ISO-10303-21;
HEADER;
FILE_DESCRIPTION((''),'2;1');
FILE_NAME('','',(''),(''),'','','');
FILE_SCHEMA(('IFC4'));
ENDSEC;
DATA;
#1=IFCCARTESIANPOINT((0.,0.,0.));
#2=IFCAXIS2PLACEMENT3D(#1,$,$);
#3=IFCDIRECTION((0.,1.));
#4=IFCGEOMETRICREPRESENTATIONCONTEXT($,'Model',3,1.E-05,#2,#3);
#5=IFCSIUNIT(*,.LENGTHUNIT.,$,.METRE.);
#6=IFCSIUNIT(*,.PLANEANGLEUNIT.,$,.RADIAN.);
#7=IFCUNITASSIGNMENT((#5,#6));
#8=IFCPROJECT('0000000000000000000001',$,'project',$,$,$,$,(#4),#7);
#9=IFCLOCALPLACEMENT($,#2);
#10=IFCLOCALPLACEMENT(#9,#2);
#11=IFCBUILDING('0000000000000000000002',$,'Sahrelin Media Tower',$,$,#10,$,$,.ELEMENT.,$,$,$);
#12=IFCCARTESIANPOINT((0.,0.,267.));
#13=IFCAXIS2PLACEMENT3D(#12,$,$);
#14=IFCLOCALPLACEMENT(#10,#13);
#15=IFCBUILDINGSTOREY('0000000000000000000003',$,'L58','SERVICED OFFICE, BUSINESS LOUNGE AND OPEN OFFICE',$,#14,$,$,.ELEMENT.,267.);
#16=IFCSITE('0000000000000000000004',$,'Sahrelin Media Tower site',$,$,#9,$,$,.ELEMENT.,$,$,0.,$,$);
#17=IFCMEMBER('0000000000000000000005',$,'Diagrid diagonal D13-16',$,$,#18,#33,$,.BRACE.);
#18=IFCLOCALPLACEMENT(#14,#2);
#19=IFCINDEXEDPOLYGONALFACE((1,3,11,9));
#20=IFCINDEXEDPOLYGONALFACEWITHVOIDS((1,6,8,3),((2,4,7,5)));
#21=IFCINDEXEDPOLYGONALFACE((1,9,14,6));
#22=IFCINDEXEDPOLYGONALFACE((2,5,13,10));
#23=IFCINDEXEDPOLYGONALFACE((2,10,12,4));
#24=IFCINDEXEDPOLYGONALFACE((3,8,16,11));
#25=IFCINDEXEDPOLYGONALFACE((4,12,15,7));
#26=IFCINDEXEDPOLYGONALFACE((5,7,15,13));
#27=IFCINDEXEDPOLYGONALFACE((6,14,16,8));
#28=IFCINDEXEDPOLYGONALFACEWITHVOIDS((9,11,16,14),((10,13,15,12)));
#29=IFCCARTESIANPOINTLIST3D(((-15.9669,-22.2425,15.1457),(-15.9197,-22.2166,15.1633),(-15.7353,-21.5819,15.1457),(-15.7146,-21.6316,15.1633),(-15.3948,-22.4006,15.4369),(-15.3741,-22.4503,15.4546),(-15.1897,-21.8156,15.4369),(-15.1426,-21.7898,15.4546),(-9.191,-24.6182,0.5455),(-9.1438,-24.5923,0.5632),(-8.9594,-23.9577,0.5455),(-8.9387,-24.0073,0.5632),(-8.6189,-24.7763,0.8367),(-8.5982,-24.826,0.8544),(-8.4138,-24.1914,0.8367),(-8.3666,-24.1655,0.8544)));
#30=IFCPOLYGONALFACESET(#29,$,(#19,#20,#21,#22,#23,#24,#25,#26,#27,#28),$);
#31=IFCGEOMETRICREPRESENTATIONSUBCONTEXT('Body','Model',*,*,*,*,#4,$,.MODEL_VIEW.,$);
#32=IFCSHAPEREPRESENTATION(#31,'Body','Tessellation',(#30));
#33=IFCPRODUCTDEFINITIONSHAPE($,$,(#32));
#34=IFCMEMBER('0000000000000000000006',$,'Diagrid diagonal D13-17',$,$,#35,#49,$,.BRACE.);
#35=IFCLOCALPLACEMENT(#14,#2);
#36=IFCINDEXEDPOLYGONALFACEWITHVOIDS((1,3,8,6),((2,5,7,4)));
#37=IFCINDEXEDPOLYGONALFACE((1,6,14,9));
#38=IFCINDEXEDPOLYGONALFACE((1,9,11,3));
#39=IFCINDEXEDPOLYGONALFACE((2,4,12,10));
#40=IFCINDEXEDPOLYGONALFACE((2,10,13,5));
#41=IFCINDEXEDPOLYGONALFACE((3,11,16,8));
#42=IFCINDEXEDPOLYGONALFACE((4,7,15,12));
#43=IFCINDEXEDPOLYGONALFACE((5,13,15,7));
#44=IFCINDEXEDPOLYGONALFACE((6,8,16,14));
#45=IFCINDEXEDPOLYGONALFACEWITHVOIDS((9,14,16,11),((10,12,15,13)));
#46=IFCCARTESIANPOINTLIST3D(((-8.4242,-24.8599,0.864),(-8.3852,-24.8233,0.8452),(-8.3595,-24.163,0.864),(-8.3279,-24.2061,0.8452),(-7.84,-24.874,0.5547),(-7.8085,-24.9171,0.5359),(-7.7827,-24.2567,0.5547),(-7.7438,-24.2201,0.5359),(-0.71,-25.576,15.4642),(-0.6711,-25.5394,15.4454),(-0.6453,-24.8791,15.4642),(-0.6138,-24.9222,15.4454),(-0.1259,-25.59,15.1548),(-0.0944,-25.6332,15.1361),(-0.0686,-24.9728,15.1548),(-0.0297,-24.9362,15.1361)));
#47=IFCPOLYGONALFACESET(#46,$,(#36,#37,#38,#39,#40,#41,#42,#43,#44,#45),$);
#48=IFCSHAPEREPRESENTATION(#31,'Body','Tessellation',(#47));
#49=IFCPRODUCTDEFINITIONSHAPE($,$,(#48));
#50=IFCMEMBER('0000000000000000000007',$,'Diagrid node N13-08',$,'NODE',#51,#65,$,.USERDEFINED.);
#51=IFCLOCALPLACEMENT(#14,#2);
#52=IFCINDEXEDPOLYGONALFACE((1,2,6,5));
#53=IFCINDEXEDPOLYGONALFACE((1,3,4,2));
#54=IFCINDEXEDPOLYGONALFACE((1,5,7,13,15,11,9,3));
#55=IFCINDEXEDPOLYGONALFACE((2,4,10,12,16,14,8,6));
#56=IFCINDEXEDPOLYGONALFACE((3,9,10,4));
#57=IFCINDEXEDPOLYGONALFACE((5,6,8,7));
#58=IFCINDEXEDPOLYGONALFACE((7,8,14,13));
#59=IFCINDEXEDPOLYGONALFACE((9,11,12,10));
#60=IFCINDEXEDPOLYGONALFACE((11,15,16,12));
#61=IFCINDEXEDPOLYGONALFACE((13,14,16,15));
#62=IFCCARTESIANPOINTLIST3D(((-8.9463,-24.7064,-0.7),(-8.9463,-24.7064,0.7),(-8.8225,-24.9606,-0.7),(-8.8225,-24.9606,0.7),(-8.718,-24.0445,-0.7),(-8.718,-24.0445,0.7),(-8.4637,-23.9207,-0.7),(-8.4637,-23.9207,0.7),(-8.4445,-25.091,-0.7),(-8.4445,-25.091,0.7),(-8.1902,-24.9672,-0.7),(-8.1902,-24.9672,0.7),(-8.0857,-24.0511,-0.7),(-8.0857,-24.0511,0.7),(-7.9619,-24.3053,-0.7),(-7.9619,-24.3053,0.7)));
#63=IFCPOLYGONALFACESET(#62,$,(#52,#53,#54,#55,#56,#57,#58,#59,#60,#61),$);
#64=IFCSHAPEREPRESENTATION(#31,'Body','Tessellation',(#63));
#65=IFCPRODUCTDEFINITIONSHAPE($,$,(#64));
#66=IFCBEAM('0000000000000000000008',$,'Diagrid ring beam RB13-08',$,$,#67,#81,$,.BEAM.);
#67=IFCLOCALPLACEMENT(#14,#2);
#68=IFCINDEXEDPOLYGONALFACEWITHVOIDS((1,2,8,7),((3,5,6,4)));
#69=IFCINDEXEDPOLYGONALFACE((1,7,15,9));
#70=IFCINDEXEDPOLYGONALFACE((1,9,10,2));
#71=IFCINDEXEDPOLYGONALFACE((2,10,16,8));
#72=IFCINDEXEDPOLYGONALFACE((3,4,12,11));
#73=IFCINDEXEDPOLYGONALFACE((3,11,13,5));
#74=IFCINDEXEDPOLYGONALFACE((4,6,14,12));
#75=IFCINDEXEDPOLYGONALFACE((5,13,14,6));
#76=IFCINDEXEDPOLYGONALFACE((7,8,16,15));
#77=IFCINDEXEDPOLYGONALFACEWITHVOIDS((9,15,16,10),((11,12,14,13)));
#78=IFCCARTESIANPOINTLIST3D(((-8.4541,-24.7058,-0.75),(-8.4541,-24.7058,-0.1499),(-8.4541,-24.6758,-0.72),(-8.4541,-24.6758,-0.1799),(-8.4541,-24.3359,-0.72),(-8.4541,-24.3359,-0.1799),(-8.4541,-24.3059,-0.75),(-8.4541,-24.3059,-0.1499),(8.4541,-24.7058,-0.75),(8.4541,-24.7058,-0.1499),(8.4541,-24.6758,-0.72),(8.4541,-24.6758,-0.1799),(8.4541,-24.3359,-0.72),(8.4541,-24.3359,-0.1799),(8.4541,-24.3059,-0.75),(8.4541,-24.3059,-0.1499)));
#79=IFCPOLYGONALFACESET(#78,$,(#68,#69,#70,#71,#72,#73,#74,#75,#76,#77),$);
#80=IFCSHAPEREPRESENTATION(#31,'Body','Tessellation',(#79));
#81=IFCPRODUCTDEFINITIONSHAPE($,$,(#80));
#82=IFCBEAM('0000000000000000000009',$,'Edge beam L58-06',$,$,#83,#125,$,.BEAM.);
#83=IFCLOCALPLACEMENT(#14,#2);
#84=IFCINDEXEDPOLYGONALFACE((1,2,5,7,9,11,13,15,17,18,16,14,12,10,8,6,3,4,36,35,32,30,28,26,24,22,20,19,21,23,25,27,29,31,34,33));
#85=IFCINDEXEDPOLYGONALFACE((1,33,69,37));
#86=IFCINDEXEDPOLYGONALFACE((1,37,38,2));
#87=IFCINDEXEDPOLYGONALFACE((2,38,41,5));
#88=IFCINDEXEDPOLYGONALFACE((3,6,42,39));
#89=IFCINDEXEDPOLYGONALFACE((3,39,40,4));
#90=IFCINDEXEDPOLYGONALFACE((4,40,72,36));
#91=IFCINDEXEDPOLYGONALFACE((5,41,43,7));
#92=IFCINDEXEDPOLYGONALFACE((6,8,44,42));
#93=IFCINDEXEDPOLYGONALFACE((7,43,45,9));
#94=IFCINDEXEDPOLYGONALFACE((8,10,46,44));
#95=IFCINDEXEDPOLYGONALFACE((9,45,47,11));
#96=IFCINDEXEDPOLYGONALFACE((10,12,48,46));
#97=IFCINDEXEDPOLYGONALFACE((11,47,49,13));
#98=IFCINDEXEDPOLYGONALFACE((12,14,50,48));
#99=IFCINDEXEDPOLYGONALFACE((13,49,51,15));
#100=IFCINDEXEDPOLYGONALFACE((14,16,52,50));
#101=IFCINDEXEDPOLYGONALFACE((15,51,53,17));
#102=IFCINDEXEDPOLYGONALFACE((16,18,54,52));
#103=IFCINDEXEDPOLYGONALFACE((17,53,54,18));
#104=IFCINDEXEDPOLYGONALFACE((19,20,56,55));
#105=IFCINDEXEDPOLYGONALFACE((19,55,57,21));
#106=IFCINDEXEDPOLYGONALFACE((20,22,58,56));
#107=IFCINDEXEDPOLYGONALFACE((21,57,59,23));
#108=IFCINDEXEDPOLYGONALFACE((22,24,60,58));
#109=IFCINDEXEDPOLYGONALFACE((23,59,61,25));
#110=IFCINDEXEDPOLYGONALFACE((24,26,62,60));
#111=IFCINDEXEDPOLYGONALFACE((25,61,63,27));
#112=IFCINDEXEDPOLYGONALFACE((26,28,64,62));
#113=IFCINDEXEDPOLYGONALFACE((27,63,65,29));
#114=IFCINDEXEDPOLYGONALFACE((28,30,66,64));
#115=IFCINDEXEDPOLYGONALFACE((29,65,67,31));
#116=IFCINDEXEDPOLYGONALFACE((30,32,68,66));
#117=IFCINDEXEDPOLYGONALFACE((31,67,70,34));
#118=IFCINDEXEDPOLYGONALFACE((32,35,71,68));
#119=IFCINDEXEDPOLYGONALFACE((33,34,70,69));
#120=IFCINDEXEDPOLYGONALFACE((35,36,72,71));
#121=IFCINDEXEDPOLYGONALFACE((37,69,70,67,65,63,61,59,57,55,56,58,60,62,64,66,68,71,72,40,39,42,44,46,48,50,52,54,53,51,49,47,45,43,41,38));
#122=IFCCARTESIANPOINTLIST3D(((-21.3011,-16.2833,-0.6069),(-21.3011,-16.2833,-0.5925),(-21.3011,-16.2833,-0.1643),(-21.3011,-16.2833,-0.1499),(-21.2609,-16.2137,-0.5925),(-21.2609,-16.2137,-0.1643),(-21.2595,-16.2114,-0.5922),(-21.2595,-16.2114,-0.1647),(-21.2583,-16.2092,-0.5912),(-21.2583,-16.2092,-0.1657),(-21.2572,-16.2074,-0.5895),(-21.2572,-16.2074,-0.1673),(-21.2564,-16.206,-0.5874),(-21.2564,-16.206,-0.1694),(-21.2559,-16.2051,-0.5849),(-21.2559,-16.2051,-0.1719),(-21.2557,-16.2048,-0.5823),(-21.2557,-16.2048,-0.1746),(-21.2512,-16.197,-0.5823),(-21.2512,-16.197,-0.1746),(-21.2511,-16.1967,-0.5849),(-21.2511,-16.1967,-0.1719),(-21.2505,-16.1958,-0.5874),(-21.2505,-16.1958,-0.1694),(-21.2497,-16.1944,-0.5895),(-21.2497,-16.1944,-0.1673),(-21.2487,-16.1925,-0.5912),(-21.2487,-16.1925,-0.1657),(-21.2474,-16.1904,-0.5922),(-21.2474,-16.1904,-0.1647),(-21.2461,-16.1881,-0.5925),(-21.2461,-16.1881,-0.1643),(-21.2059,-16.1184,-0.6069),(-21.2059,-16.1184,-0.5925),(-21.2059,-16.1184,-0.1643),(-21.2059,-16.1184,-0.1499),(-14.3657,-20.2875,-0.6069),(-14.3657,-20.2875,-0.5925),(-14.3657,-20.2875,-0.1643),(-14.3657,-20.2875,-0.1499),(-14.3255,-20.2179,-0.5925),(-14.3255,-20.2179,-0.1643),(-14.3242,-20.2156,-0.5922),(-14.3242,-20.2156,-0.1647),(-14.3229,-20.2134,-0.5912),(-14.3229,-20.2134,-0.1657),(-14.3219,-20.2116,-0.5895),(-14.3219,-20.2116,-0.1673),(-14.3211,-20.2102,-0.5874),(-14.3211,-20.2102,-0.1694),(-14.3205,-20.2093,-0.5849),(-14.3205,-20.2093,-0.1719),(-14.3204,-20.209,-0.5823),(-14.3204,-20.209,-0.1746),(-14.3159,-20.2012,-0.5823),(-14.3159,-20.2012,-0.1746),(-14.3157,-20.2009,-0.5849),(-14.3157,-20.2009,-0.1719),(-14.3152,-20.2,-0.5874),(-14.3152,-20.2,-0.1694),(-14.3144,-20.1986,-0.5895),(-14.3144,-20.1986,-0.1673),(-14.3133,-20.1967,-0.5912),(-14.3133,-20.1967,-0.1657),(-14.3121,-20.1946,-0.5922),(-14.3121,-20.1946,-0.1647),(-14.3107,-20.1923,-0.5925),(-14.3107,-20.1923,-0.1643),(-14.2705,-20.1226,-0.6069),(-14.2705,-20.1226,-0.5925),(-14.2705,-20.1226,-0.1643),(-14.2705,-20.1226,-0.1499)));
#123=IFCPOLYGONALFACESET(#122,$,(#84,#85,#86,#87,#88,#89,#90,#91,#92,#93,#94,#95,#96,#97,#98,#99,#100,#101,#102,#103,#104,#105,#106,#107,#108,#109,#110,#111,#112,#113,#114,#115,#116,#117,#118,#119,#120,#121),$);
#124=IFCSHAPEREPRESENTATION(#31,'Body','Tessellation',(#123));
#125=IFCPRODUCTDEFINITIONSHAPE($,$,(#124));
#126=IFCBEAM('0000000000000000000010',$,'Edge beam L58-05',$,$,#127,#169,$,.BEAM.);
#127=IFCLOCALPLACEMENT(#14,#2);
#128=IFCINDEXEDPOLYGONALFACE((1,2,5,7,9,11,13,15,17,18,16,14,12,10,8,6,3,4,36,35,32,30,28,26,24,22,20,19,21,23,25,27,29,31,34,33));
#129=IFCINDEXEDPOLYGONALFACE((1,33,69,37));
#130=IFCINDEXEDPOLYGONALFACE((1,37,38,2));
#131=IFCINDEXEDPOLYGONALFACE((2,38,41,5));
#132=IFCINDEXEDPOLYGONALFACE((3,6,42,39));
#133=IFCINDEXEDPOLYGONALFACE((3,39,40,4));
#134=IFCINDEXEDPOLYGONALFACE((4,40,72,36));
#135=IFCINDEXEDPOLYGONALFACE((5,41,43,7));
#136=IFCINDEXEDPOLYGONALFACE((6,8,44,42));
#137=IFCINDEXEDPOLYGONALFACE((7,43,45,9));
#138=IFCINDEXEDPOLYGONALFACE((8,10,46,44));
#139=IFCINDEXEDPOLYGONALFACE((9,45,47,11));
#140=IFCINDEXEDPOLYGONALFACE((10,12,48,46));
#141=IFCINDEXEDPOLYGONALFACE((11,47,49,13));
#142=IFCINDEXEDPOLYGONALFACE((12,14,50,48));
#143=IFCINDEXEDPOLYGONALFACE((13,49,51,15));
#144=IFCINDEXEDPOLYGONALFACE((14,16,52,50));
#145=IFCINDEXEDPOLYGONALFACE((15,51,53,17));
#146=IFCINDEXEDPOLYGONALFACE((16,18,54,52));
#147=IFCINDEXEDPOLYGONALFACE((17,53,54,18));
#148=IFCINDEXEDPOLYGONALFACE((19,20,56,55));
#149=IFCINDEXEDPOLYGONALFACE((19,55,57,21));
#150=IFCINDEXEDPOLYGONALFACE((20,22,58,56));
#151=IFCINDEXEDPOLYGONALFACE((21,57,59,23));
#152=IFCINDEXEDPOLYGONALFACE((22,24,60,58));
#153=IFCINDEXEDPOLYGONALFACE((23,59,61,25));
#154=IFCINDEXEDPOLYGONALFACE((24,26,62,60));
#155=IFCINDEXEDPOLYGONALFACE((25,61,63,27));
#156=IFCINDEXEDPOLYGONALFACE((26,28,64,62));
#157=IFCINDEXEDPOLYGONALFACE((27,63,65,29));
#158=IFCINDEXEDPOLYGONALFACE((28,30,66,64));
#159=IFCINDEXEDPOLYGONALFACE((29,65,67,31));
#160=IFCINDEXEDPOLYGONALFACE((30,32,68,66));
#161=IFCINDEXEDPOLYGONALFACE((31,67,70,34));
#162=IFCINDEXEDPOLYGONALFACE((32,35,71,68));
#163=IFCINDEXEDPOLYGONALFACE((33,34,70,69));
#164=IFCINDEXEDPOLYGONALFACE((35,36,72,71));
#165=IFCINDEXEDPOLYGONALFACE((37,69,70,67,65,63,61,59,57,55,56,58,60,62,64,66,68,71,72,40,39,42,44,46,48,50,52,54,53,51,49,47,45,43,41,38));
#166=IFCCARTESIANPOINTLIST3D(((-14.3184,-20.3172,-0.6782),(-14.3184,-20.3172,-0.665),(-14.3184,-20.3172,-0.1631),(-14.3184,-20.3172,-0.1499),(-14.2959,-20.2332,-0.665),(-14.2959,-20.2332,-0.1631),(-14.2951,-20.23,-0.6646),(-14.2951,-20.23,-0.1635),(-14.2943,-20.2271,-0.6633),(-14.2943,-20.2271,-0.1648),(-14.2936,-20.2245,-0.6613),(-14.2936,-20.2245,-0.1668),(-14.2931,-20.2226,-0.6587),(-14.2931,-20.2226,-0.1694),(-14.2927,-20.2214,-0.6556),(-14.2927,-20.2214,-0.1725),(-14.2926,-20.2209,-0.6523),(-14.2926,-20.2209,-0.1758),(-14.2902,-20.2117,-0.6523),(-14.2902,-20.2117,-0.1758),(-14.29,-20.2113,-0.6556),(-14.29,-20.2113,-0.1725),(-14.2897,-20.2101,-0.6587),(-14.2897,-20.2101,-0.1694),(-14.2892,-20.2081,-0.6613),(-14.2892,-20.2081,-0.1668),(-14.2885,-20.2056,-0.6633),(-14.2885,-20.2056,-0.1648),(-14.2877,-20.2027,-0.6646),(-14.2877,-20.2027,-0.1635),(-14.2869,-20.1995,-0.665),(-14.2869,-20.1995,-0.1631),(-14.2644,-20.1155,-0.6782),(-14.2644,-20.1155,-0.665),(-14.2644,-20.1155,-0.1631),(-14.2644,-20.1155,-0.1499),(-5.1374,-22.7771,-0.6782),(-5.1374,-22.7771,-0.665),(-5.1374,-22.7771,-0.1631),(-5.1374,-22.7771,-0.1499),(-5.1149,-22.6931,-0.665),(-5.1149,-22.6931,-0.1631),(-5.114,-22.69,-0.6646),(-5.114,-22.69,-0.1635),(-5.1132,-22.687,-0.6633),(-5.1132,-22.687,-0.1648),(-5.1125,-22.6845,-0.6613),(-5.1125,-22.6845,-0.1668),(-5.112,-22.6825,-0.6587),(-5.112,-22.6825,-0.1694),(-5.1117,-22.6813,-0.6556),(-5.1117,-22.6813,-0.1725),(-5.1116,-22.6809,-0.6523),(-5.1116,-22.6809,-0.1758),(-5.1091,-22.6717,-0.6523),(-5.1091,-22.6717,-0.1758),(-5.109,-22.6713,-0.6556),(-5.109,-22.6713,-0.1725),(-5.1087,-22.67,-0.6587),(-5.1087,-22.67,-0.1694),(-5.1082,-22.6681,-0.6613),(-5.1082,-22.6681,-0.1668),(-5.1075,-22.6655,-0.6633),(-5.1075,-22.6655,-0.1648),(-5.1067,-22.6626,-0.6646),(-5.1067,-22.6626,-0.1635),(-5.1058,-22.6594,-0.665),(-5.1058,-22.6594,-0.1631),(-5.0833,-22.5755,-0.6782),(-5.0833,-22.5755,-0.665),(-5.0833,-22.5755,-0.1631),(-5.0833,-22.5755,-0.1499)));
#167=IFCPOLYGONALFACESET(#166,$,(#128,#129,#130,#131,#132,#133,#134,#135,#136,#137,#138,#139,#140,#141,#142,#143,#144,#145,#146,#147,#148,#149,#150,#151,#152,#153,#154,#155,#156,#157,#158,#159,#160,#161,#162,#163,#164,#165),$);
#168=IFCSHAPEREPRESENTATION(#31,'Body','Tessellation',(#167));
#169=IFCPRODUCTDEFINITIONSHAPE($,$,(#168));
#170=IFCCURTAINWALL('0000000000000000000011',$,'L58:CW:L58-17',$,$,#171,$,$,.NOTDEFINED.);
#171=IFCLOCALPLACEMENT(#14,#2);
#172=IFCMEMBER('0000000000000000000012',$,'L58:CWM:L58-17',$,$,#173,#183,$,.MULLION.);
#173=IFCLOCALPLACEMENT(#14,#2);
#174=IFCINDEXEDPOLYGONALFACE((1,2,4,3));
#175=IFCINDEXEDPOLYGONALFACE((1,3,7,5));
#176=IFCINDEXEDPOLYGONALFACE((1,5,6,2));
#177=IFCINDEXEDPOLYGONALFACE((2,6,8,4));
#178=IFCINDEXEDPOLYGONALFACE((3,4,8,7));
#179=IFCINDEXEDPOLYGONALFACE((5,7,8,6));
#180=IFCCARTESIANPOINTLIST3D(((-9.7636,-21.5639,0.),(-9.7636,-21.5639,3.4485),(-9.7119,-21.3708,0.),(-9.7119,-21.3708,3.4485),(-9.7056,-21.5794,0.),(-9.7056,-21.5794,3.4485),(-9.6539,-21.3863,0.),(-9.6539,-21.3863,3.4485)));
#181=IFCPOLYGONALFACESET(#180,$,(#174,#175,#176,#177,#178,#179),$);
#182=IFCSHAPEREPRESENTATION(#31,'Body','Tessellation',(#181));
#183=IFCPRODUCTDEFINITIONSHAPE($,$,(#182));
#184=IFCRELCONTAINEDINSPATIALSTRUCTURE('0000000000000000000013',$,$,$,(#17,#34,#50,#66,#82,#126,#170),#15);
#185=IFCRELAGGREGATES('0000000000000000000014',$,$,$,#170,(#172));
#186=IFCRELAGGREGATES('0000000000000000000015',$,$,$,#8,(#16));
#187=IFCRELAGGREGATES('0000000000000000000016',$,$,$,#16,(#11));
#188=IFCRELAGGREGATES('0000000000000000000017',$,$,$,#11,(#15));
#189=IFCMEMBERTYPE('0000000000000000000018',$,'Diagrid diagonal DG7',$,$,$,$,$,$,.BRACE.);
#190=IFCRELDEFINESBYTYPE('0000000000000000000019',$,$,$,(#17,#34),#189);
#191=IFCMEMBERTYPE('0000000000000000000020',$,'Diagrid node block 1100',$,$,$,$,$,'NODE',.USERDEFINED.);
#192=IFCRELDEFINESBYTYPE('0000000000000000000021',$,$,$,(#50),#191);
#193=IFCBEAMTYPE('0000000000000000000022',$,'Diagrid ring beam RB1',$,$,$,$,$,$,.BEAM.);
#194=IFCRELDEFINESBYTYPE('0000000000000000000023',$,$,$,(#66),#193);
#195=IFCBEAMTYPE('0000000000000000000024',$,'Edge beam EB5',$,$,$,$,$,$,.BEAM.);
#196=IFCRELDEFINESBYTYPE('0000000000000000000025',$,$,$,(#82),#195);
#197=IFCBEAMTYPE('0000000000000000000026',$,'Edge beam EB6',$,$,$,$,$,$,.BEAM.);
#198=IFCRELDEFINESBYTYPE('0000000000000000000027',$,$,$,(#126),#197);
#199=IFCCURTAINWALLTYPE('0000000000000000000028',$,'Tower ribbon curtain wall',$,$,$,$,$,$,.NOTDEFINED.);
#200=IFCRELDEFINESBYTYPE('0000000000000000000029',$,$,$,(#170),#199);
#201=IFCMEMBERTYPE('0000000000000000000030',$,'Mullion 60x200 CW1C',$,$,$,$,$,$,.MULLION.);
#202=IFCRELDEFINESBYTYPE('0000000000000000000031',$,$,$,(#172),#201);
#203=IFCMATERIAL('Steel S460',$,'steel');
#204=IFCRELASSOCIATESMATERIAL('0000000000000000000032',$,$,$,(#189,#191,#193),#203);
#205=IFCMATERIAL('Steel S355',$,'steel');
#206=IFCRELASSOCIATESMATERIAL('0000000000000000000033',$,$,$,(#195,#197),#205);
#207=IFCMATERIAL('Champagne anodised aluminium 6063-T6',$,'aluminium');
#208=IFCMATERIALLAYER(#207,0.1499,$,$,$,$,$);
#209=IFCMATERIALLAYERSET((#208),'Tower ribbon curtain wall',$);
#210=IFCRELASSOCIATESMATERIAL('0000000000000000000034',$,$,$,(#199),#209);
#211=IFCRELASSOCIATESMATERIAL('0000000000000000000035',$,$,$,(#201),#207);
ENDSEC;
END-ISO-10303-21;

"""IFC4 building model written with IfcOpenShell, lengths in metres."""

from ifc_helpers import new_model, si_unit, direction, frame, origin, origin_2d, place, context, subcontext, project, spatial, polyline, rectangle, hollow_rectangle, i_section, outline, extrude, material, layer, layer_set, material_profile, profile_set, type_object, element, aggregate, save


model = new_model("IFC4")

# Units and contexts
model_context = context("Model", 3, precision=1e-05, world=origin(), true_north=direction((0.0, 1.0)))
body_context = subcontext(model_context, "Body", "Model", "MODEL_VIEW")
ifc_project = project(units=[si_unit("LENGTHUNIT", "METRE"), si_unit("PLANEANGLEUNIT", "RADIAN")], contexts=[model_context])

# Site, building, storey
site_placement = place(None, origin())
site = spatial("IfcSite", under=ifc_project, at=site_placement, Name="Sahrelin Media Tower site", CompositionType="ELEMENT", RefElevation=0.0)
building_placement = place(site_placement, origin())
building = spatial("IfcBuilding", under=site, at=building_placement, Name="Sahrelin Media Tower", CompositionType="ELEMENT")
storey_placement = place(building_placement, frame((0.0, 0.0, 267.0)))
storey = spatial("IfcBuildingStorey", under=building, at=storey_placement, Name="L58", Description="SERVICED OFFICE, BUSINESS LOUNGE AND OPEN OFFICE", CompositionType="ELEMENT", Elevation=267.0)

# Members
ifc_material_1 = material(Name="Steel S460", Category="steel")
ifc_material_profile_1 = material_profile(ifc_material_1, hollow_rectangle(XDim=0.7, YDim=0.7, WallThickness=0.04, at=origin_2d()), Name="Diagrid diagonal DG7")
ifc_profile_set_1 = profile_set([ifc_material_profile_1], Name="Steel S460")
member_type_1 = type_object("IfcMemberType", Name="Diagrid diagonal DG7", PredefinedType="BRACE", material=ifc_profile_set_1)
member_1_placement = place(storey_placement, frame((-8.7788, -24.3918, 0.7), z_axis=(-0.416459, 0.146017, 0.897352), x_axis=(-0.330868, -0.943677, 0.0)))
element("IfcMember", 1, at=member_1_placement, inside=storey, type_object=member_type_1, Name="Diagrid diagonal D13-16", PredefinedType="BRACE", context=body_context, shape_type="SweptSolid", body=[
    extrude(hollow_rectangle(XDim=0.7, YDim=0.7, WallThickness=0.04, at=origin_2d()), origin(), (0.0, 0.0, 1.0), 16.2703),
])
member_2_placement = place(storey_placement, frame((-8.084, -24.54, 0.7), z_axis=(0.466723, -0.043324, 0.883342), x_axis=(0.092428, 0.995719, 0.0)))
element("IfcMember", 2, at=member_2_placement, inside=storey, type_object=member_type_1, Name="Diagrid diagonal D13-17", PredefinedType="BRACE", context=body_context, shape_type="SweptSolid", body=[
    extrude(hollow_rectangle(XDim=0.7, YDim=0.7, WallThickness=0.04, at=origin_2d()), origin(), (0.0, 0.0, 1.0), 16.5283),
])
ifc_material_profile_2 = material_profile(ifc_material_1, outline(polyline([(0.3501, -0.3999), (0.55, -0.2), (0.55, 0.2), (0.3501, 0.3999), (-0.3501, 0.3999), (-0.55, 0.2), (-0.55, -0.2), (-0.3501, -0.3999), (0.3501, -0.3999)])), Name="Diagrid node block 1100")
ifc_profile_set_2 = profile_set([ifc_material_profile_2], Name="Steel S460")
member_type_2 = type_object("IfcMemberType", Name="Diagrid node block 1100", ElementType="NODE", PredefinedType="USERDEFINED", material=ifc_profile_set_2)
member_3_placement = place(storey_placement, frame((-8.4541, -24.5059, -0.7), z_axis=(0.0, 0.0, 1.0), x_axis=(-0.326119, -0.945329, 0.0)))
element("IfcMember", 3, at=member_3_placement, inside=storey, type_object=member_type_2, Name="Diagrid node N13-08", ObjectType="NODE", PredefinedType="USERDEFINED", context=body_context, shape_type="SweptSolid", body=[
    extrude(outline(polyline([(0.3501, -0.3999), (0.55, -0.2), (0.55, 0.2), (0.3501, 0.3999), (-0.3501, 0.3999), (-0.55, 0.2), (-0.55, -0.2), (-0.3501, -0.3999), (0.3501, -0.3999)])), origin(), (0.0, 0.0, 1.0), 1.3999),
])

# Beams
ifc_material_profile_3 = material_profile(ifc_material_1, hollow_rectangle(XDim=0.3999, YDim=0.6001, WallThickness=0.03, at=origin_2d()), Name="Diagrid ring beam RB1")
ifc_profile_set_3 = profile_set([ifc_material_profile_3], Name="Steel S460")
beam_type_1 = type_object("IfcBeamType", Name="Diagrid ring beam RB1", PredefinedType="BEAM", material=ifc_profile_set_3)
beam_1_placement = place(storey_placement, frame((-8.4541, -24.5059, -0.45), z_axis=(1.0, 0.0, 0.0), x_axis=(0.0, 1.0, 0.0)))
element("IfcBeam", 4, at=beam_1_placement, inside=storey, type_object=beam_type_1, Name="Diagrid ring beam RB13-08", PredefinedType="BEAM", context=body_context, shape_type="SweptSolid", body=[
    extrude(hollow_rectangle(XDim=0.3999, YDim=0.6001, WallThickness=0.03, at=origin_2d()), origin(), (0.0, 0.0, 1.0), 16.9082),
])
ifc_material_2 = material(Name="Steel S355", Category="steel")
ifc_material_profile_4 = material_profile(ifc_material_2, i_section(OverallWidth=0.1904, OverallDepth=0.457, WebThickness=0.009, FlangeThickness=0.0144, FilletRadius=0.0103, at=origin_2d()), Name="UB 457x191x74")
ifc_profile_set_4 = profile_set([ifc_material_profile_4], Name="Steel S355")
beam_type_2 = type_object("IfcBeamType", Name="Edge beam EB5", PredefinedType="BEAM", material=ifc_profile_set_4)
beam_2_placement = place(storey_placement, frame((-14.3181, -20.2051, -0.3784), z_axis=(-0.866023, 0.500005, 0.0), x_axis=(-0.500005, -0.866023, 0.0)))
element("IfcBeam", 5, at=beam_2_placement, inside=storey, type_object=beam_type_2, Name="Edge beam L58-06", PredefinedType="BEAM", context=body_context, shape_type="SweptSolid", body=[
    extrude(i_section(OverallWidth=0.1904, OverallDepth=0.457, WebThickness=0.009, FlangeThickness=0.0144, FilletRadius=0.0103, at=origin_2d()), origin(), (0.0, 0.0, 1.0), 8.0083),
])
ifc_material_profile_5 = material_profile(ifc_material_2, i_section(OverallWidth=0.2087, OverallDepth=0.5283, WebThickness=0.0095, FlangeThickness=0.0132, FilletRadius=0.0127, at=origin_2d()), Name="UB 533x210x82")
ifc_profile_set_5 = profile_set([ifc_material_profile_5], Name="Steel S355")
beam_type_3 = type_object("IfcBeamType", Name="Edge beam EB6", PredefinedType="BEAM", material=ifc_profile_set_5)
beam_3_placement = place(storey_placement, frame((-5.1104, -22.6763, -0.4141), z_axis=(-0.965929, 0.258807, 0.0), x_axis=(-0.258807, -0.965929, 0.0)))
element("IfcBeam", 6, at=beam_3_placement, inside=storey, type_object=beam_type_3, Name="Edge beam L58-05", PredefinedType="BEAM", context=body_context, shape_type="SweptSolid", body=[
    extrude(i_section(OverallWidth=0.2087, OverallDepth=0.5283, WebThickness=0.0095, FlangeThickness=0.0132, FilletRadius=0.0127, at=origin_2d()), origin(), (0.0, 0.0, 1.0), 9.5049),
])

# Curtain wall, member
ifc_material_3 = material(Name="Champagne anodised aluminium 6063-T6", Category="aluminium")
ifc_layer_1 = layer(ifc_material_3, 0.1499)
ifc_layer_set_1 = layer_set([ifc_layer_1], Name="Tower ribbon curtain wall")
curtain_wall_type = type_object("IfcCurtainWallType", Name="Tower ribbon curtain wall", PredefinedType="NOTDEFINED", material=ifc_layer_set_1)
curtain_wall_1_placement = place(storey_placement, frame((-9.7397, -21.5913, 0.0), z_axis=(0.0, 0.0, 1.0), x_axis=(1.0, 0.0, 0.0)))
curtain_wall_1 = element("IfcCurtainWall", 7, at=curtain_wall_1_placement, inside=storey, type_object=curtain_wall_type, Name="L58:CW:L58-17", PredefinedType="NOTDEFINED")
ifc_material_profile_6 = material_profile(ifc_material_3, rectangle(XDim=0.0601, YDim=0.2, at=origin_2d()), Name="Mullion 60x200")
ifc_profile_set_6 = profile_set([ifc_material_profile_6], Name="Champagne anodised aluminium 6063-T6")
member_type_3 = type_object("IfcMemberType", Name="Mullion 60x200 CW1C", PredefinedType="MULLION", material=ifc_profile_set_6)
member_4_placement = place(storey_placement, frame((-9.7087, -21.4751, 0.0), z_axis=(0.0, 0.0, 1.0), x_axis=(0.965925, -0.258822, 0.0)))
member_4 = element("IfcMember", 8, at=member_4_placement, type_object=member_type_3, Name="L58:CWM:L58-17", PredefinedType="MULLION", context=body_context, shape_type="SweptSolid", body=[
    extrude(rectangle(XDim=0.0601, YDim=0.2, at=origin_2d()), origin(), (0.0, 0.0, 1.0), 3.4485),
])

aggregate(curtain_wall_1, [member_4])

save(model, "model.ifc")
